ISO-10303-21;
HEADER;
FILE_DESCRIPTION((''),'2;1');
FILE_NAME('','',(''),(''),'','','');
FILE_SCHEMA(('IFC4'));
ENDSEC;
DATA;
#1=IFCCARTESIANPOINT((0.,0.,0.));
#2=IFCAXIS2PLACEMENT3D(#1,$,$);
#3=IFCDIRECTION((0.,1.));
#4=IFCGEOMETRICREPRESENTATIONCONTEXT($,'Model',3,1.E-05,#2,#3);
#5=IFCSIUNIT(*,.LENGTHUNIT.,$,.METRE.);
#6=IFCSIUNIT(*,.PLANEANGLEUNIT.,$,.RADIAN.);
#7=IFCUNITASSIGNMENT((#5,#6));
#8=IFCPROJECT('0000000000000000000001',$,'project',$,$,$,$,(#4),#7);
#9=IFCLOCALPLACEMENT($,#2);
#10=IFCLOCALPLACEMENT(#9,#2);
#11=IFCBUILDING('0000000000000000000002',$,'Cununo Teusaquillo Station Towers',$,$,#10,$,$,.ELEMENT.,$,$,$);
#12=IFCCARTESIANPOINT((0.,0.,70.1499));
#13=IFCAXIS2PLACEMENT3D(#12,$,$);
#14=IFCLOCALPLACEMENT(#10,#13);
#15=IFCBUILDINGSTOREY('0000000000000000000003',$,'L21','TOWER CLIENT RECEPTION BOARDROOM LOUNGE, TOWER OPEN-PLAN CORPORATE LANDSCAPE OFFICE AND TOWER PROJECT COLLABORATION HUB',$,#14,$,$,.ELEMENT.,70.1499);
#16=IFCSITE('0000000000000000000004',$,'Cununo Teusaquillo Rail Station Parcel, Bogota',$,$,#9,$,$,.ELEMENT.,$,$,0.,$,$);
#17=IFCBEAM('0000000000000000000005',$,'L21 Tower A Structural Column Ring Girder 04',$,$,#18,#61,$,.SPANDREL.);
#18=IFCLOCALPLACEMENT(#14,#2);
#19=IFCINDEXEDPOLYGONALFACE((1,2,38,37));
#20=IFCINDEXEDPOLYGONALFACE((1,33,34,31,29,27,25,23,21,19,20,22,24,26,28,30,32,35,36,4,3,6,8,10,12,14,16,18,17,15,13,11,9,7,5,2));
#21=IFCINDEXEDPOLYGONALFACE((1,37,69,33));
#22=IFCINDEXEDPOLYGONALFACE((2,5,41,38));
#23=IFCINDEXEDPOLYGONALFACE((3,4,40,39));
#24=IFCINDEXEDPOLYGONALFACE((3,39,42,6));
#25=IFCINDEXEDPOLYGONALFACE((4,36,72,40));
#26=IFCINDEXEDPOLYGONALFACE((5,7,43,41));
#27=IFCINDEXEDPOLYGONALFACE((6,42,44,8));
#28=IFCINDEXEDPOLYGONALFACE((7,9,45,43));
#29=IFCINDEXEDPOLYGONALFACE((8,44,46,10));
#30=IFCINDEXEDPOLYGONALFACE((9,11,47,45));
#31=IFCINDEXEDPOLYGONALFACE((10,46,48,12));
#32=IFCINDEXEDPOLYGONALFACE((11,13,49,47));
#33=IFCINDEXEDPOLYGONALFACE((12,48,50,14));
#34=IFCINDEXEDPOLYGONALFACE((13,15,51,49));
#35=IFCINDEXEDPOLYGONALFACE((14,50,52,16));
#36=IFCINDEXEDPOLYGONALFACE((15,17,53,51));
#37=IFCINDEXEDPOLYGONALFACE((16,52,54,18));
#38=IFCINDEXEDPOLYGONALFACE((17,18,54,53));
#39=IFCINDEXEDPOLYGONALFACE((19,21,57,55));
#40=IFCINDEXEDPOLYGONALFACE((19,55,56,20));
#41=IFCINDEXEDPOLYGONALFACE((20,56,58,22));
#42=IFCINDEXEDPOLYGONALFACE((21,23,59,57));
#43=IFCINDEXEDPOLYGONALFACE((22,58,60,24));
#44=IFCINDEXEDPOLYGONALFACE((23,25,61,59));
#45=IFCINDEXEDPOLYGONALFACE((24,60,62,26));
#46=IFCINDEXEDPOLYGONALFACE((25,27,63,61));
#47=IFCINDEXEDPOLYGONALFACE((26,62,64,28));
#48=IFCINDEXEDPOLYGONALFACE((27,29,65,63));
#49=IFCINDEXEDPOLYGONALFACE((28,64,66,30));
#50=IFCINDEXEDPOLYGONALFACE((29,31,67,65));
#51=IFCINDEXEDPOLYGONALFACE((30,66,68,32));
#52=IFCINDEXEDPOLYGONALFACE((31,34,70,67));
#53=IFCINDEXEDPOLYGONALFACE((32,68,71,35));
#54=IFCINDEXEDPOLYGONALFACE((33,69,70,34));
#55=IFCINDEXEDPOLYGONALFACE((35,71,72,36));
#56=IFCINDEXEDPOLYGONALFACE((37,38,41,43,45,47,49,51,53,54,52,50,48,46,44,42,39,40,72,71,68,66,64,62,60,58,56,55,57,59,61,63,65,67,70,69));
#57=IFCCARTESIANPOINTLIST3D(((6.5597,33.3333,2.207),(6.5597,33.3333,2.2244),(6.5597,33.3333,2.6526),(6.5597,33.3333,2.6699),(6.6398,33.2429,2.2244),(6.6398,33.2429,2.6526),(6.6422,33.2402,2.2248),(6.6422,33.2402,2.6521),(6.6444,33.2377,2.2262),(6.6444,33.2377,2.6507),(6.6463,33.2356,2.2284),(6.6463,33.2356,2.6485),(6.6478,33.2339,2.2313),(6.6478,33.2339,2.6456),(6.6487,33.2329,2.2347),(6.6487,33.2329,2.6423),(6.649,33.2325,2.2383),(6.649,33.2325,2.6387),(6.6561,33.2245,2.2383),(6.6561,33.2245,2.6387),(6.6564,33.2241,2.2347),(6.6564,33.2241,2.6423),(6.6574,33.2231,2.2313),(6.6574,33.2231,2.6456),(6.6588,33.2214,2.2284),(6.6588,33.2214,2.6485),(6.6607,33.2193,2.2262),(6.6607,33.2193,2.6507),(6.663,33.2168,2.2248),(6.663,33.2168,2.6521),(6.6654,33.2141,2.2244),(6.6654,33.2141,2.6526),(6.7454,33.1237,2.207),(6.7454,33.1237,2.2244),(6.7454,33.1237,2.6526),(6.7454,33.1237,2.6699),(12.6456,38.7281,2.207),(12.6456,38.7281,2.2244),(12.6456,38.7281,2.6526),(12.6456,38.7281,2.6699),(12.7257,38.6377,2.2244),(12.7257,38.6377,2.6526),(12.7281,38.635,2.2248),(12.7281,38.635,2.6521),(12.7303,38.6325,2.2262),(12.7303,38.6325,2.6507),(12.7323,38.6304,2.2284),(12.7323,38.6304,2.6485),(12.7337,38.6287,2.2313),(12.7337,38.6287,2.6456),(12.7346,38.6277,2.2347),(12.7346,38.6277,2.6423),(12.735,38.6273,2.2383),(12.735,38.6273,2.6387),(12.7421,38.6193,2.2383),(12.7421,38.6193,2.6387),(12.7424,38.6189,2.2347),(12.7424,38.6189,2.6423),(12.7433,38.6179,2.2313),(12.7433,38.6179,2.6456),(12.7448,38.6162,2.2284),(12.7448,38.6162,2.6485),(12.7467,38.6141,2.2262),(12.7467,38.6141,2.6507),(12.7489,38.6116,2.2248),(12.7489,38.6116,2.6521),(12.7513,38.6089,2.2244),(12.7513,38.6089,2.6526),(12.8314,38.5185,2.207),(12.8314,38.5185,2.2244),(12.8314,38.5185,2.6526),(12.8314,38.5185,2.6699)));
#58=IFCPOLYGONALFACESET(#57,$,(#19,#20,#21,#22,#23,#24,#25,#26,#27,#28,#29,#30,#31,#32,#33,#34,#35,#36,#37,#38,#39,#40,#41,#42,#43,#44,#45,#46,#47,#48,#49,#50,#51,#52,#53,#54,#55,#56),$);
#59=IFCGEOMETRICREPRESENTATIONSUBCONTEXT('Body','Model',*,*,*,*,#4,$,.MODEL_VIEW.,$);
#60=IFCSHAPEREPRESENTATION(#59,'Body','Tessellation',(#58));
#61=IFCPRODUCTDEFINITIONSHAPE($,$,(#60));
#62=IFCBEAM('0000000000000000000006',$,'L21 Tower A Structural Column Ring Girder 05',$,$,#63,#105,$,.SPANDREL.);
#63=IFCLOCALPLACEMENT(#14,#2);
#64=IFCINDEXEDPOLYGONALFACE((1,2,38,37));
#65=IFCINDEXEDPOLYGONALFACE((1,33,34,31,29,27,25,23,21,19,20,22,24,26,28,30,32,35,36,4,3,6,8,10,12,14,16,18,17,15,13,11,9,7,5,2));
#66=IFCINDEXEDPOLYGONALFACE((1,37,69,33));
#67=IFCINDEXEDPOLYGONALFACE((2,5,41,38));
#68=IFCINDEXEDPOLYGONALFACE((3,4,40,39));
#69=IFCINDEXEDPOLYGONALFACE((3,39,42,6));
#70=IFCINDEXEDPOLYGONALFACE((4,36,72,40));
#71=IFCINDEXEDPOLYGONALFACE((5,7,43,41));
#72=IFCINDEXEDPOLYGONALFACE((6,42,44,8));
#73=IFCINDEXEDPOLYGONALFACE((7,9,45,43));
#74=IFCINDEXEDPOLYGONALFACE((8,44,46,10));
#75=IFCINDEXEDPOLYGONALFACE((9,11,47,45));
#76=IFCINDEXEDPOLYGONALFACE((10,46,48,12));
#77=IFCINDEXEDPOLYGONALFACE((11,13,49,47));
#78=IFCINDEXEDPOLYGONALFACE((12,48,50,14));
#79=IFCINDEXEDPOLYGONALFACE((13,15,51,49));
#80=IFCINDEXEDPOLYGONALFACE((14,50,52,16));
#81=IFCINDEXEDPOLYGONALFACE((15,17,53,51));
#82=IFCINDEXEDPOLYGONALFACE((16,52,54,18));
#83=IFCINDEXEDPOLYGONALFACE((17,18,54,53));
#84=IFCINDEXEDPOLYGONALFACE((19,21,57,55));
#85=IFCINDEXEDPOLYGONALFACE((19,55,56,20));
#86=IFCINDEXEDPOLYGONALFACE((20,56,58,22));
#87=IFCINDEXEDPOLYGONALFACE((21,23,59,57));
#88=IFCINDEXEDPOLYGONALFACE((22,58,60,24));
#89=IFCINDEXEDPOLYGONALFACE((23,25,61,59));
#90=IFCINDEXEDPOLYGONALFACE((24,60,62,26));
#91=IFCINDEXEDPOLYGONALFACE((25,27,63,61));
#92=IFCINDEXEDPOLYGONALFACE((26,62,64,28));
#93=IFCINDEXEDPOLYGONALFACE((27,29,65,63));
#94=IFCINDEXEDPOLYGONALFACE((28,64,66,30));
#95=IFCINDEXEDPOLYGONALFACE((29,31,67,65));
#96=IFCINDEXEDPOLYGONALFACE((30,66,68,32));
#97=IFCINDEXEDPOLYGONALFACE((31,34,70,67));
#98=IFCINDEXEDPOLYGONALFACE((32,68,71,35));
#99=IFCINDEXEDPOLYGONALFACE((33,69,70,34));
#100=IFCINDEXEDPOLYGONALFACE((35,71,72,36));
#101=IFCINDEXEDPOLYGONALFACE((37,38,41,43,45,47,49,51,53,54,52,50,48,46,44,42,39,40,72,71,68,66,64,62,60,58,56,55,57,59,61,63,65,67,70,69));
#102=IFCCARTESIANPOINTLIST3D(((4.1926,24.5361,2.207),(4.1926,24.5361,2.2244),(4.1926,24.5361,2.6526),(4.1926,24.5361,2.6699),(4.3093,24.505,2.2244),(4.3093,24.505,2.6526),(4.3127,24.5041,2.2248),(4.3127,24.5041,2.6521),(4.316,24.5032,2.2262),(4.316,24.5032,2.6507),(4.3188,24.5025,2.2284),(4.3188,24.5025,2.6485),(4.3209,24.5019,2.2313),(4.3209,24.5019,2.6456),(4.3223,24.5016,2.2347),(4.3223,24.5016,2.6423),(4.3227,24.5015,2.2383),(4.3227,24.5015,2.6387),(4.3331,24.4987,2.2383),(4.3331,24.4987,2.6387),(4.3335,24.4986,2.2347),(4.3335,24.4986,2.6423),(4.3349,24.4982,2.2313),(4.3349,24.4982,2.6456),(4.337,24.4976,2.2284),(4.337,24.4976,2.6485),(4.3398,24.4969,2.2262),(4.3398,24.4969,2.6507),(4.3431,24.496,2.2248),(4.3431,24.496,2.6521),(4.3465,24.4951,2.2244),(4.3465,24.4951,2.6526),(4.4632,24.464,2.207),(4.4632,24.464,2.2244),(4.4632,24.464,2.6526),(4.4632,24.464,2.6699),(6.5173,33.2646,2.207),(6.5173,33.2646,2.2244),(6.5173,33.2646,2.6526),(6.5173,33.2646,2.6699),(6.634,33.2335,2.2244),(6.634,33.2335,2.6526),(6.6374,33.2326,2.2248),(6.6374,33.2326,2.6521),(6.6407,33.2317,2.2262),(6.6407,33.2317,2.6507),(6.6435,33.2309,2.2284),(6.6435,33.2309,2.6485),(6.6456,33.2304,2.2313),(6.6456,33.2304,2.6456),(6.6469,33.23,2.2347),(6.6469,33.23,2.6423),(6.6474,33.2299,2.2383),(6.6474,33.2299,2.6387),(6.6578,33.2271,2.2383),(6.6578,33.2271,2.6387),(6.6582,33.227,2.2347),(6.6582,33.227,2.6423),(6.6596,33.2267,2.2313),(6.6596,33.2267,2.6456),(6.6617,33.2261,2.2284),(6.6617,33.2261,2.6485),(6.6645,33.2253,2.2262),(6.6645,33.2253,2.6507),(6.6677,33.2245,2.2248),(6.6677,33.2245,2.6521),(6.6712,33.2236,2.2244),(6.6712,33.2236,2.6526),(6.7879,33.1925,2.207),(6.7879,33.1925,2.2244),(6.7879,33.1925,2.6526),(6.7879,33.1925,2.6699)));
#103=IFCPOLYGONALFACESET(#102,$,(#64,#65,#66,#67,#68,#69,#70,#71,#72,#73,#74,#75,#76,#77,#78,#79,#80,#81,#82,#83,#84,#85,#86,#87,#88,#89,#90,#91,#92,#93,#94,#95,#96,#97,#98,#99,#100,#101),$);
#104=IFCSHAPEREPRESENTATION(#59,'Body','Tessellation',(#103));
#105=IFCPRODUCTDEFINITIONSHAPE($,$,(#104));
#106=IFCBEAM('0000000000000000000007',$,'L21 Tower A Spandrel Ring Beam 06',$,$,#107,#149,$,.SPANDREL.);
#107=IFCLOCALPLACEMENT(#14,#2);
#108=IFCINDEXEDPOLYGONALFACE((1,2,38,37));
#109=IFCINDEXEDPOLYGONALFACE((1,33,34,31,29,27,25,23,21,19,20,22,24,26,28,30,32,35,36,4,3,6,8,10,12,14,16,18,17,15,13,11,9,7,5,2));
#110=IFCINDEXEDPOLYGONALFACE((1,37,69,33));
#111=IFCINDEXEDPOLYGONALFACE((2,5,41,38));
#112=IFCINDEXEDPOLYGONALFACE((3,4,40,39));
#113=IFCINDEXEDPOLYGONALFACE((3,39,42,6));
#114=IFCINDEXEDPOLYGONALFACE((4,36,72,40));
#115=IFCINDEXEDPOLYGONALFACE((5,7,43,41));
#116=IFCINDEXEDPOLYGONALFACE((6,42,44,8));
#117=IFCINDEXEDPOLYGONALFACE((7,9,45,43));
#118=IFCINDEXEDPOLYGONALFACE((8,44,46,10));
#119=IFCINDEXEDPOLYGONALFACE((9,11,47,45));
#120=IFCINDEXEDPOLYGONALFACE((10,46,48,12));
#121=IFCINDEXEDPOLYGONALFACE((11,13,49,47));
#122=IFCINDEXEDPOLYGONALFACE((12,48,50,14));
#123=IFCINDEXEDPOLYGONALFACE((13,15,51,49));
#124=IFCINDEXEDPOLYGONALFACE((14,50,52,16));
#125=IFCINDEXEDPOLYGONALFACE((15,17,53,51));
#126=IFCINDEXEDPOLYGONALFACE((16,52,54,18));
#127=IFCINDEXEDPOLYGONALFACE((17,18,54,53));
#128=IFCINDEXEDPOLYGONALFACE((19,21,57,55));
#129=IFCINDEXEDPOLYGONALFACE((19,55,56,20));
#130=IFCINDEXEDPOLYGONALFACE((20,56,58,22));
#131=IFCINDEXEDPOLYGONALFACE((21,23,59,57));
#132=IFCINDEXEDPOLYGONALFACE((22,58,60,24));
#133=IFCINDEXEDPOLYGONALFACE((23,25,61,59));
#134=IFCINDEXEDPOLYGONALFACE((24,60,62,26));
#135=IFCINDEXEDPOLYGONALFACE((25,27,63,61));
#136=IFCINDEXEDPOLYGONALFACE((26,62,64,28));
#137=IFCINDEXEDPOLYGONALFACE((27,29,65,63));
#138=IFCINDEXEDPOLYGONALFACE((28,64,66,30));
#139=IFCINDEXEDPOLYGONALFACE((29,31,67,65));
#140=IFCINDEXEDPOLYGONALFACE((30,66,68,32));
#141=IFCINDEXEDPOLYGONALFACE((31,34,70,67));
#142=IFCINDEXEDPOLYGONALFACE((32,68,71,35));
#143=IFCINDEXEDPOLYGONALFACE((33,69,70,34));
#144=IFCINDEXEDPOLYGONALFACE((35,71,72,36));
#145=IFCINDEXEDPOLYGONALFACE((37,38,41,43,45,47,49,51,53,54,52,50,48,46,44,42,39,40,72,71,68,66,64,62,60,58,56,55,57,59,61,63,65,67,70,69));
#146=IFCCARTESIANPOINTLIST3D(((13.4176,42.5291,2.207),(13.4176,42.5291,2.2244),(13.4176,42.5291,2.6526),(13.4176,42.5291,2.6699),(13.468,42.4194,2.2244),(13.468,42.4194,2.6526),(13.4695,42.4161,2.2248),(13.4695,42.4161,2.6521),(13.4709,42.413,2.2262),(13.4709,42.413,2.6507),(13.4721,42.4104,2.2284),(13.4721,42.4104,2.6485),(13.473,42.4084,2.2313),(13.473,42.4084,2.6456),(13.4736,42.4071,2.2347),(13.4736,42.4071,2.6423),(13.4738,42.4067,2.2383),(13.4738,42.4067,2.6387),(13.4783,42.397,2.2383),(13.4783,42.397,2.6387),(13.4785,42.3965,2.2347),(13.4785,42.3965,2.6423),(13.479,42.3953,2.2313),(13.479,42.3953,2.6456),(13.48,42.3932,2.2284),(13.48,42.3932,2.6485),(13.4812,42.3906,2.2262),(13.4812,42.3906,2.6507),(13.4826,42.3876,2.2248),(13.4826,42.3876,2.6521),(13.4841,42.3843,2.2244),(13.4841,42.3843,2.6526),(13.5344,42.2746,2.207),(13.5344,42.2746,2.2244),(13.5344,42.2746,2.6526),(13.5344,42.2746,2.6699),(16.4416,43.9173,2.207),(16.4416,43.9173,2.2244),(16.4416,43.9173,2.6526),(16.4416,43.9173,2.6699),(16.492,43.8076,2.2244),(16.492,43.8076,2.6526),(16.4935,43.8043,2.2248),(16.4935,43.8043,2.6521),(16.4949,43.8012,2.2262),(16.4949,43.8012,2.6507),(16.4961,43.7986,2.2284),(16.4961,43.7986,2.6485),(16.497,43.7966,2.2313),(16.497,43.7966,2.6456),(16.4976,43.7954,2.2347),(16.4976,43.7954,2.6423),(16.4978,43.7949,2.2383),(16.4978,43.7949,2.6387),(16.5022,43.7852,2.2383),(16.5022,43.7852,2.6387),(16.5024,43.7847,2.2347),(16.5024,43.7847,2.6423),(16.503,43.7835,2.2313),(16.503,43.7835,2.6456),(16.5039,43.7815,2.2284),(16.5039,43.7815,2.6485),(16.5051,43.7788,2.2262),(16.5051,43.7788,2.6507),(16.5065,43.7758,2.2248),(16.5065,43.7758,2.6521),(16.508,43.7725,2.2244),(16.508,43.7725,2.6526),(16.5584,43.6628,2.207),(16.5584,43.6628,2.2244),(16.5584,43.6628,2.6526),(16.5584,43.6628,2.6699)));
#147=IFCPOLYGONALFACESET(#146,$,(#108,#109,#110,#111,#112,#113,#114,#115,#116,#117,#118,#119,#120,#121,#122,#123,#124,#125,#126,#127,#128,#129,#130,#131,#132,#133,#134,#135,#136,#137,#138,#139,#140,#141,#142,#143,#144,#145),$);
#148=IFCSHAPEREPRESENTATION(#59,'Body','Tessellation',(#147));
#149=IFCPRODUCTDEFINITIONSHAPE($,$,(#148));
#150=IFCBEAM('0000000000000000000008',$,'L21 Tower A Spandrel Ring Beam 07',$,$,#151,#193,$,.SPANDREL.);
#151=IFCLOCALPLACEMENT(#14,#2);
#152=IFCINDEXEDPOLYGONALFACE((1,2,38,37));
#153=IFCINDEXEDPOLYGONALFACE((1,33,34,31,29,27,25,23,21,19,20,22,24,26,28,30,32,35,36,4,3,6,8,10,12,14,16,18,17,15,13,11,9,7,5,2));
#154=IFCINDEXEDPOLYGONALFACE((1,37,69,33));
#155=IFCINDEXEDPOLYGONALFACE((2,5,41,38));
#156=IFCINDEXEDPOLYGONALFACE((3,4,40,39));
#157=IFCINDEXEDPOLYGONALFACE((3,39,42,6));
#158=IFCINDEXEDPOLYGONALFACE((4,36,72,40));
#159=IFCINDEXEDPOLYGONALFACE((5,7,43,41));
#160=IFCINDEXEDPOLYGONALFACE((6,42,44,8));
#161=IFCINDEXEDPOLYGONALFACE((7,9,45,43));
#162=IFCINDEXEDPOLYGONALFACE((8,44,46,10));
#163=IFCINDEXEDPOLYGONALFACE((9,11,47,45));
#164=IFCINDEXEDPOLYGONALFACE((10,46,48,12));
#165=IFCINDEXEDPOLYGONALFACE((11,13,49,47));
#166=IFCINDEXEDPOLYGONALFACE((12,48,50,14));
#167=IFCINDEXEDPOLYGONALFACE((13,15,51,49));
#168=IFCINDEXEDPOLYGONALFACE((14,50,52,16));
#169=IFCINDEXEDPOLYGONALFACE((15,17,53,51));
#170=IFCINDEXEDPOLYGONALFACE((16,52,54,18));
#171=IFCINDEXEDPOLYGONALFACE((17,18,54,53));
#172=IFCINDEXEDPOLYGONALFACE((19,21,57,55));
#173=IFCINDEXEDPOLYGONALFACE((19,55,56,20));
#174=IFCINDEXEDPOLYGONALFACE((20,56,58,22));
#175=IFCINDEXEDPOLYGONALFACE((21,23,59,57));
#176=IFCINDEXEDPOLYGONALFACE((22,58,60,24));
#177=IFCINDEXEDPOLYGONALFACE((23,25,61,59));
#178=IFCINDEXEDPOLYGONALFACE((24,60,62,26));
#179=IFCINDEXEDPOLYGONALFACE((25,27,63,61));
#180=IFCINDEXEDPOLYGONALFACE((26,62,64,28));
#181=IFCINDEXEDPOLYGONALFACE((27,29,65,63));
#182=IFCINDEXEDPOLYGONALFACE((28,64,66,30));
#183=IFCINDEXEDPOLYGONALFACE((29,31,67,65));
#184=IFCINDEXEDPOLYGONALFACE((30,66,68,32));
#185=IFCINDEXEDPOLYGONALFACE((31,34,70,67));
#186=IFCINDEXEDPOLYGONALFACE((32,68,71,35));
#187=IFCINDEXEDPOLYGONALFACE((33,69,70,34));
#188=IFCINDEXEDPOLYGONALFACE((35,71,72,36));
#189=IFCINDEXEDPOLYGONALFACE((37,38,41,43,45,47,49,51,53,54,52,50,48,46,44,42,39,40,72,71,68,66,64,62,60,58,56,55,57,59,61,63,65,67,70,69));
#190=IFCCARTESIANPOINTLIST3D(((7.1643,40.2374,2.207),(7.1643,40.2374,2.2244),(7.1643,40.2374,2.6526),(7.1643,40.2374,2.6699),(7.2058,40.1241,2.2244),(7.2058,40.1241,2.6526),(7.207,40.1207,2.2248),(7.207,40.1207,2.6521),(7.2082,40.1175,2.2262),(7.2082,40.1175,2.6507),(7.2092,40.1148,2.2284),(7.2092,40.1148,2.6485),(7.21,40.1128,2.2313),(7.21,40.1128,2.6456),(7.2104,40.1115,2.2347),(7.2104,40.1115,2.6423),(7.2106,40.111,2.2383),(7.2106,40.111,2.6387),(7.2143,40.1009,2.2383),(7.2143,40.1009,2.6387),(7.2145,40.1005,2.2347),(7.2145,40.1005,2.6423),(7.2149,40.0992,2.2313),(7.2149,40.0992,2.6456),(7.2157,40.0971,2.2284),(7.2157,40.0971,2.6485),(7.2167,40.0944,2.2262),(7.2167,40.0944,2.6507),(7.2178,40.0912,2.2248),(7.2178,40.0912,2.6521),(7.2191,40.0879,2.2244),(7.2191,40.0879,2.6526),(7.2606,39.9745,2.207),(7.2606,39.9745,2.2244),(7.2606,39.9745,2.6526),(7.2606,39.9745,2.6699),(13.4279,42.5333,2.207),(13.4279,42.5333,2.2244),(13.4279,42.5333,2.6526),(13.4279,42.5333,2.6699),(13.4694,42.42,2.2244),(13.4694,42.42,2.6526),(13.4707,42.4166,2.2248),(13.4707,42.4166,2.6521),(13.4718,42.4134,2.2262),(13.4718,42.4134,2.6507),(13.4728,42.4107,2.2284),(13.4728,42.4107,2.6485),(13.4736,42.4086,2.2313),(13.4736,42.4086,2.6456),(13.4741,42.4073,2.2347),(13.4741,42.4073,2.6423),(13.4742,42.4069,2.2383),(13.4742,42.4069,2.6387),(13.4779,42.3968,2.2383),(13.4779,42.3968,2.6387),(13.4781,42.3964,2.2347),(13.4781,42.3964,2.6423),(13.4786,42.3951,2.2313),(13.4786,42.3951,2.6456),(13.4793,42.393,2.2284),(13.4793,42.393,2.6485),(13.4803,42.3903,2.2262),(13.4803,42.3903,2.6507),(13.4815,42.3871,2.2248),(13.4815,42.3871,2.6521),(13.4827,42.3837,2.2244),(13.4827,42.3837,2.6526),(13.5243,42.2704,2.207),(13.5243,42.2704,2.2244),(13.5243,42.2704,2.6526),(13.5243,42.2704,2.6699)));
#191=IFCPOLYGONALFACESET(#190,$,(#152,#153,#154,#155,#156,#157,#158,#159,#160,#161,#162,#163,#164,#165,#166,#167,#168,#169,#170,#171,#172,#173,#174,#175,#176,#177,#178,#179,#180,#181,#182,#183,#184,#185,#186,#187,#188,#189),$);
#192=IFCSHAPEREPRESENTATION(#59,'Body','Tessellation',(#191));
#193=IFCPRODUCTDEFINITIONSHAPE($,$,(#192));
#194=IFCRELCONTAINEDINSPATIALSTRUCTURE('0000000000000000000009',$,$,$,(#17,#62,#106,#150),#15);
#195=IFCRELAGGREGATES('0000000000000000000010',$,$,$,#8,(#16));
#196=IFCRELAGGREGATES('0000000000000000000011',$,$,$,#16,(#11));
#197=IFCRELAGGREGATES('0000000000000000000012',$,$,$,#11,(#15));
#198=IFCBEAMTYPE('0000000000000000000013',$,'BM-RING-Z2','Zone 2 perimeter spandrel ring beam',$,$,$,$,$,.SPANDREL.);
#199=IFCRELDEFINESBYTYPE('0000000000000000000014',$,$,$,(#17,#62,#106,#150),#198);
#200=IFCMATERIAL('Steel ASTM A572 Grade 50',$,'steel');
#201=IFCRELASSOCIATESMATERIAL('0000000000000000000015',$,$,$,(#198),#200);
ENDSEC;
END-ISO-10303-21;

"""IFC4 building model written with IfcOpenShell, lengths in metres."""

from ifc_helpers import new_model, si_unit, direction, frame, origin, origin_2d, place, context, subcontext, project, spatial, i_section, extrude, material, material_profile, profile_set, type_object, element, save


model = new_model("IFC4")

# Units and contexts
model_context = context("Model", 3, precision=1e-05, world=origin(), true_north=direction((0.0, 1.0)))
body_context = subcontext(model_context, "Body", "Model", "MODEL_VIEW")
ifc_project = project(units=[si_unit("LENGTHUNIT", "METRE"), si_unit("PLANEANGLEUNIT", "RADIAN")], contexts=[model_context])

# Site, building, storey
site_placement = place(None, origin())
site = spatial("IfcSite", under=ifc_project, at=site_placement, Name="Cununo Teusaquillo Rail Station Parcel, Bogota", CompositionType="ELEMENT", RefElevation=0.0)
building_placement = place(site_placement, origin())
building = spatial("IfcBuilding", under=site, at=building_placement, Name="Cununo Teusaquillo Station Towers", CompositionType="ELEMENT")
storey_placement = place(building_placement, frame((0.0, 0.0, 70.1499)))
storey = spatial("IfcBuildingStorey", under=building, at=storey_placement, Name="L21", Description="TOWER CLIENT RECEPTION BOARDROOM LOUNGE, TOWER OPEN-PLAN CORPORATE LANDSCAPE OFFICE AND TOWER PROJECT COLLABORATION HUB", CompositionType="ELEMENT", Elevation=70.1499)

# Beams
ifc_material_1 = material(Name="Steel ASTM A572 Grade 50", Category="steel")
ifc_material_profile_1 = material_profile(ifc_material_1, i_section(OverallWidth=0.28, OverallDepth=0.4629, WebThickness=0.0107, FlangeThickness=0.0173, FilletRadius=0.0139, at=origin_2d()), Name="W18X76")
ifc_profile_set_1 = profile_set([ifc_material_profile_1], Name="Steel ASTM A572 Grade 50")
beam_type_1 = type_object("IfcBeamType", Name="BM-RING-Z2", Description="Zone 2 perimeter spandrel ring beam", PredefinedType="SPANDREL", material=ifc_profile_set_1)
beam_1_placement = place(storey_placement, frame((12.7385, 38.6233, 2.4385), z_axis=(-0.748321, -0.663337, 0.0), x_axis=(0.663337, -0.748321, 0.0)))
element("IfcBeam", 1, at=beam_1_placement, inside=storey, type_object=beam_type_1, Name="L21 Tower A Structural Column Ring Girder 04", PredefinedType="SPANDREL", context=body_context, shape_type="SweptSolid", body=[
    extrude(i_section(OverallWidth=0.28, OverallDepth=0.4629, WebThickness=0.0107, FlangeThickness=0.0173, FilletRadius=0.0139, at=origin_2d()), origin(), (0.0, 0.0, 1.0), 8.1328),
])
beam_2_placement = place(storey_placement, frame((6.6526, 33.2285, 2.4385), z_axis=(-0.257363, -0.966315, 0.0), x_axis=(0.966315, -0.257363, 0.0)))
element("IfcBeam", 2, at=beam_2_placement, inside=storey, type_object=beam_type_1, Name="L21 Tower A Structural Column Ring Girder 05", PredefinedType="SPANDREL", context=body_context, shape_type="SweptSolid", body=[
    extrude(i_section(OverallWidth=0.28, OverallDepth=0.4629, WebThickness=0.0107, FlangeThickness=0.0173, FilletRadius=0.0139, at=origin_2d()), origin(), (0.0, 0.0, 1.0), 9.0327),
])
beam_3_placement = place(storey_placement, frame((16.5, 43.79, 2.4385), z_axis=(-0.908812, -0.417205, 0.0), x_axis=(0.417205, -0.908812, 0.0)))
element("IfcBeam", 3, at=beam_3_placement, inside=storey, type_object=beam_type_1, Name="L21 Tower A Spandrel Ring Beam 06", PredefinedType="SPANDREL", context=body_context, shape_type="SweptSolid", body=[
    extrude(i_section(OverallWidth=0.28, OverallDepth=0.4629, WebThickness=0.0107, FlangeThickness=0.0173, FilletRadius=0.0139, at=origin_2d()), origin(), (0.0, 0.0, 1.0), 3.3274),
])
beam_4_placement = place(storey_placement, frame((13.4761, 42.4019, 2.4385), z_axis=(-0.938914, -0.344151, 0.0), x_axis=(0.344151, -0.938914, 0.0)))
element("IfcBeam", 4, at=beam_4_placement, inside=storey, type_object=beam_type_1, Name="L21 Tower A Spandrel Ring Beam 07", PredefinedType="SPANDREL", context=body_context, shape_type="SweptSolid", body=[
    extrude(i_section(OverallWidth=0.28, OverallDepth=0.4629, WebThickness=0.0107, FlangeThickness=0.0173, FilletRadius=0.0139, at=origin_2d()), origin(), (0.0, 0.0, 1.0), 6.6711),
])

save(model, "model.ifc")
